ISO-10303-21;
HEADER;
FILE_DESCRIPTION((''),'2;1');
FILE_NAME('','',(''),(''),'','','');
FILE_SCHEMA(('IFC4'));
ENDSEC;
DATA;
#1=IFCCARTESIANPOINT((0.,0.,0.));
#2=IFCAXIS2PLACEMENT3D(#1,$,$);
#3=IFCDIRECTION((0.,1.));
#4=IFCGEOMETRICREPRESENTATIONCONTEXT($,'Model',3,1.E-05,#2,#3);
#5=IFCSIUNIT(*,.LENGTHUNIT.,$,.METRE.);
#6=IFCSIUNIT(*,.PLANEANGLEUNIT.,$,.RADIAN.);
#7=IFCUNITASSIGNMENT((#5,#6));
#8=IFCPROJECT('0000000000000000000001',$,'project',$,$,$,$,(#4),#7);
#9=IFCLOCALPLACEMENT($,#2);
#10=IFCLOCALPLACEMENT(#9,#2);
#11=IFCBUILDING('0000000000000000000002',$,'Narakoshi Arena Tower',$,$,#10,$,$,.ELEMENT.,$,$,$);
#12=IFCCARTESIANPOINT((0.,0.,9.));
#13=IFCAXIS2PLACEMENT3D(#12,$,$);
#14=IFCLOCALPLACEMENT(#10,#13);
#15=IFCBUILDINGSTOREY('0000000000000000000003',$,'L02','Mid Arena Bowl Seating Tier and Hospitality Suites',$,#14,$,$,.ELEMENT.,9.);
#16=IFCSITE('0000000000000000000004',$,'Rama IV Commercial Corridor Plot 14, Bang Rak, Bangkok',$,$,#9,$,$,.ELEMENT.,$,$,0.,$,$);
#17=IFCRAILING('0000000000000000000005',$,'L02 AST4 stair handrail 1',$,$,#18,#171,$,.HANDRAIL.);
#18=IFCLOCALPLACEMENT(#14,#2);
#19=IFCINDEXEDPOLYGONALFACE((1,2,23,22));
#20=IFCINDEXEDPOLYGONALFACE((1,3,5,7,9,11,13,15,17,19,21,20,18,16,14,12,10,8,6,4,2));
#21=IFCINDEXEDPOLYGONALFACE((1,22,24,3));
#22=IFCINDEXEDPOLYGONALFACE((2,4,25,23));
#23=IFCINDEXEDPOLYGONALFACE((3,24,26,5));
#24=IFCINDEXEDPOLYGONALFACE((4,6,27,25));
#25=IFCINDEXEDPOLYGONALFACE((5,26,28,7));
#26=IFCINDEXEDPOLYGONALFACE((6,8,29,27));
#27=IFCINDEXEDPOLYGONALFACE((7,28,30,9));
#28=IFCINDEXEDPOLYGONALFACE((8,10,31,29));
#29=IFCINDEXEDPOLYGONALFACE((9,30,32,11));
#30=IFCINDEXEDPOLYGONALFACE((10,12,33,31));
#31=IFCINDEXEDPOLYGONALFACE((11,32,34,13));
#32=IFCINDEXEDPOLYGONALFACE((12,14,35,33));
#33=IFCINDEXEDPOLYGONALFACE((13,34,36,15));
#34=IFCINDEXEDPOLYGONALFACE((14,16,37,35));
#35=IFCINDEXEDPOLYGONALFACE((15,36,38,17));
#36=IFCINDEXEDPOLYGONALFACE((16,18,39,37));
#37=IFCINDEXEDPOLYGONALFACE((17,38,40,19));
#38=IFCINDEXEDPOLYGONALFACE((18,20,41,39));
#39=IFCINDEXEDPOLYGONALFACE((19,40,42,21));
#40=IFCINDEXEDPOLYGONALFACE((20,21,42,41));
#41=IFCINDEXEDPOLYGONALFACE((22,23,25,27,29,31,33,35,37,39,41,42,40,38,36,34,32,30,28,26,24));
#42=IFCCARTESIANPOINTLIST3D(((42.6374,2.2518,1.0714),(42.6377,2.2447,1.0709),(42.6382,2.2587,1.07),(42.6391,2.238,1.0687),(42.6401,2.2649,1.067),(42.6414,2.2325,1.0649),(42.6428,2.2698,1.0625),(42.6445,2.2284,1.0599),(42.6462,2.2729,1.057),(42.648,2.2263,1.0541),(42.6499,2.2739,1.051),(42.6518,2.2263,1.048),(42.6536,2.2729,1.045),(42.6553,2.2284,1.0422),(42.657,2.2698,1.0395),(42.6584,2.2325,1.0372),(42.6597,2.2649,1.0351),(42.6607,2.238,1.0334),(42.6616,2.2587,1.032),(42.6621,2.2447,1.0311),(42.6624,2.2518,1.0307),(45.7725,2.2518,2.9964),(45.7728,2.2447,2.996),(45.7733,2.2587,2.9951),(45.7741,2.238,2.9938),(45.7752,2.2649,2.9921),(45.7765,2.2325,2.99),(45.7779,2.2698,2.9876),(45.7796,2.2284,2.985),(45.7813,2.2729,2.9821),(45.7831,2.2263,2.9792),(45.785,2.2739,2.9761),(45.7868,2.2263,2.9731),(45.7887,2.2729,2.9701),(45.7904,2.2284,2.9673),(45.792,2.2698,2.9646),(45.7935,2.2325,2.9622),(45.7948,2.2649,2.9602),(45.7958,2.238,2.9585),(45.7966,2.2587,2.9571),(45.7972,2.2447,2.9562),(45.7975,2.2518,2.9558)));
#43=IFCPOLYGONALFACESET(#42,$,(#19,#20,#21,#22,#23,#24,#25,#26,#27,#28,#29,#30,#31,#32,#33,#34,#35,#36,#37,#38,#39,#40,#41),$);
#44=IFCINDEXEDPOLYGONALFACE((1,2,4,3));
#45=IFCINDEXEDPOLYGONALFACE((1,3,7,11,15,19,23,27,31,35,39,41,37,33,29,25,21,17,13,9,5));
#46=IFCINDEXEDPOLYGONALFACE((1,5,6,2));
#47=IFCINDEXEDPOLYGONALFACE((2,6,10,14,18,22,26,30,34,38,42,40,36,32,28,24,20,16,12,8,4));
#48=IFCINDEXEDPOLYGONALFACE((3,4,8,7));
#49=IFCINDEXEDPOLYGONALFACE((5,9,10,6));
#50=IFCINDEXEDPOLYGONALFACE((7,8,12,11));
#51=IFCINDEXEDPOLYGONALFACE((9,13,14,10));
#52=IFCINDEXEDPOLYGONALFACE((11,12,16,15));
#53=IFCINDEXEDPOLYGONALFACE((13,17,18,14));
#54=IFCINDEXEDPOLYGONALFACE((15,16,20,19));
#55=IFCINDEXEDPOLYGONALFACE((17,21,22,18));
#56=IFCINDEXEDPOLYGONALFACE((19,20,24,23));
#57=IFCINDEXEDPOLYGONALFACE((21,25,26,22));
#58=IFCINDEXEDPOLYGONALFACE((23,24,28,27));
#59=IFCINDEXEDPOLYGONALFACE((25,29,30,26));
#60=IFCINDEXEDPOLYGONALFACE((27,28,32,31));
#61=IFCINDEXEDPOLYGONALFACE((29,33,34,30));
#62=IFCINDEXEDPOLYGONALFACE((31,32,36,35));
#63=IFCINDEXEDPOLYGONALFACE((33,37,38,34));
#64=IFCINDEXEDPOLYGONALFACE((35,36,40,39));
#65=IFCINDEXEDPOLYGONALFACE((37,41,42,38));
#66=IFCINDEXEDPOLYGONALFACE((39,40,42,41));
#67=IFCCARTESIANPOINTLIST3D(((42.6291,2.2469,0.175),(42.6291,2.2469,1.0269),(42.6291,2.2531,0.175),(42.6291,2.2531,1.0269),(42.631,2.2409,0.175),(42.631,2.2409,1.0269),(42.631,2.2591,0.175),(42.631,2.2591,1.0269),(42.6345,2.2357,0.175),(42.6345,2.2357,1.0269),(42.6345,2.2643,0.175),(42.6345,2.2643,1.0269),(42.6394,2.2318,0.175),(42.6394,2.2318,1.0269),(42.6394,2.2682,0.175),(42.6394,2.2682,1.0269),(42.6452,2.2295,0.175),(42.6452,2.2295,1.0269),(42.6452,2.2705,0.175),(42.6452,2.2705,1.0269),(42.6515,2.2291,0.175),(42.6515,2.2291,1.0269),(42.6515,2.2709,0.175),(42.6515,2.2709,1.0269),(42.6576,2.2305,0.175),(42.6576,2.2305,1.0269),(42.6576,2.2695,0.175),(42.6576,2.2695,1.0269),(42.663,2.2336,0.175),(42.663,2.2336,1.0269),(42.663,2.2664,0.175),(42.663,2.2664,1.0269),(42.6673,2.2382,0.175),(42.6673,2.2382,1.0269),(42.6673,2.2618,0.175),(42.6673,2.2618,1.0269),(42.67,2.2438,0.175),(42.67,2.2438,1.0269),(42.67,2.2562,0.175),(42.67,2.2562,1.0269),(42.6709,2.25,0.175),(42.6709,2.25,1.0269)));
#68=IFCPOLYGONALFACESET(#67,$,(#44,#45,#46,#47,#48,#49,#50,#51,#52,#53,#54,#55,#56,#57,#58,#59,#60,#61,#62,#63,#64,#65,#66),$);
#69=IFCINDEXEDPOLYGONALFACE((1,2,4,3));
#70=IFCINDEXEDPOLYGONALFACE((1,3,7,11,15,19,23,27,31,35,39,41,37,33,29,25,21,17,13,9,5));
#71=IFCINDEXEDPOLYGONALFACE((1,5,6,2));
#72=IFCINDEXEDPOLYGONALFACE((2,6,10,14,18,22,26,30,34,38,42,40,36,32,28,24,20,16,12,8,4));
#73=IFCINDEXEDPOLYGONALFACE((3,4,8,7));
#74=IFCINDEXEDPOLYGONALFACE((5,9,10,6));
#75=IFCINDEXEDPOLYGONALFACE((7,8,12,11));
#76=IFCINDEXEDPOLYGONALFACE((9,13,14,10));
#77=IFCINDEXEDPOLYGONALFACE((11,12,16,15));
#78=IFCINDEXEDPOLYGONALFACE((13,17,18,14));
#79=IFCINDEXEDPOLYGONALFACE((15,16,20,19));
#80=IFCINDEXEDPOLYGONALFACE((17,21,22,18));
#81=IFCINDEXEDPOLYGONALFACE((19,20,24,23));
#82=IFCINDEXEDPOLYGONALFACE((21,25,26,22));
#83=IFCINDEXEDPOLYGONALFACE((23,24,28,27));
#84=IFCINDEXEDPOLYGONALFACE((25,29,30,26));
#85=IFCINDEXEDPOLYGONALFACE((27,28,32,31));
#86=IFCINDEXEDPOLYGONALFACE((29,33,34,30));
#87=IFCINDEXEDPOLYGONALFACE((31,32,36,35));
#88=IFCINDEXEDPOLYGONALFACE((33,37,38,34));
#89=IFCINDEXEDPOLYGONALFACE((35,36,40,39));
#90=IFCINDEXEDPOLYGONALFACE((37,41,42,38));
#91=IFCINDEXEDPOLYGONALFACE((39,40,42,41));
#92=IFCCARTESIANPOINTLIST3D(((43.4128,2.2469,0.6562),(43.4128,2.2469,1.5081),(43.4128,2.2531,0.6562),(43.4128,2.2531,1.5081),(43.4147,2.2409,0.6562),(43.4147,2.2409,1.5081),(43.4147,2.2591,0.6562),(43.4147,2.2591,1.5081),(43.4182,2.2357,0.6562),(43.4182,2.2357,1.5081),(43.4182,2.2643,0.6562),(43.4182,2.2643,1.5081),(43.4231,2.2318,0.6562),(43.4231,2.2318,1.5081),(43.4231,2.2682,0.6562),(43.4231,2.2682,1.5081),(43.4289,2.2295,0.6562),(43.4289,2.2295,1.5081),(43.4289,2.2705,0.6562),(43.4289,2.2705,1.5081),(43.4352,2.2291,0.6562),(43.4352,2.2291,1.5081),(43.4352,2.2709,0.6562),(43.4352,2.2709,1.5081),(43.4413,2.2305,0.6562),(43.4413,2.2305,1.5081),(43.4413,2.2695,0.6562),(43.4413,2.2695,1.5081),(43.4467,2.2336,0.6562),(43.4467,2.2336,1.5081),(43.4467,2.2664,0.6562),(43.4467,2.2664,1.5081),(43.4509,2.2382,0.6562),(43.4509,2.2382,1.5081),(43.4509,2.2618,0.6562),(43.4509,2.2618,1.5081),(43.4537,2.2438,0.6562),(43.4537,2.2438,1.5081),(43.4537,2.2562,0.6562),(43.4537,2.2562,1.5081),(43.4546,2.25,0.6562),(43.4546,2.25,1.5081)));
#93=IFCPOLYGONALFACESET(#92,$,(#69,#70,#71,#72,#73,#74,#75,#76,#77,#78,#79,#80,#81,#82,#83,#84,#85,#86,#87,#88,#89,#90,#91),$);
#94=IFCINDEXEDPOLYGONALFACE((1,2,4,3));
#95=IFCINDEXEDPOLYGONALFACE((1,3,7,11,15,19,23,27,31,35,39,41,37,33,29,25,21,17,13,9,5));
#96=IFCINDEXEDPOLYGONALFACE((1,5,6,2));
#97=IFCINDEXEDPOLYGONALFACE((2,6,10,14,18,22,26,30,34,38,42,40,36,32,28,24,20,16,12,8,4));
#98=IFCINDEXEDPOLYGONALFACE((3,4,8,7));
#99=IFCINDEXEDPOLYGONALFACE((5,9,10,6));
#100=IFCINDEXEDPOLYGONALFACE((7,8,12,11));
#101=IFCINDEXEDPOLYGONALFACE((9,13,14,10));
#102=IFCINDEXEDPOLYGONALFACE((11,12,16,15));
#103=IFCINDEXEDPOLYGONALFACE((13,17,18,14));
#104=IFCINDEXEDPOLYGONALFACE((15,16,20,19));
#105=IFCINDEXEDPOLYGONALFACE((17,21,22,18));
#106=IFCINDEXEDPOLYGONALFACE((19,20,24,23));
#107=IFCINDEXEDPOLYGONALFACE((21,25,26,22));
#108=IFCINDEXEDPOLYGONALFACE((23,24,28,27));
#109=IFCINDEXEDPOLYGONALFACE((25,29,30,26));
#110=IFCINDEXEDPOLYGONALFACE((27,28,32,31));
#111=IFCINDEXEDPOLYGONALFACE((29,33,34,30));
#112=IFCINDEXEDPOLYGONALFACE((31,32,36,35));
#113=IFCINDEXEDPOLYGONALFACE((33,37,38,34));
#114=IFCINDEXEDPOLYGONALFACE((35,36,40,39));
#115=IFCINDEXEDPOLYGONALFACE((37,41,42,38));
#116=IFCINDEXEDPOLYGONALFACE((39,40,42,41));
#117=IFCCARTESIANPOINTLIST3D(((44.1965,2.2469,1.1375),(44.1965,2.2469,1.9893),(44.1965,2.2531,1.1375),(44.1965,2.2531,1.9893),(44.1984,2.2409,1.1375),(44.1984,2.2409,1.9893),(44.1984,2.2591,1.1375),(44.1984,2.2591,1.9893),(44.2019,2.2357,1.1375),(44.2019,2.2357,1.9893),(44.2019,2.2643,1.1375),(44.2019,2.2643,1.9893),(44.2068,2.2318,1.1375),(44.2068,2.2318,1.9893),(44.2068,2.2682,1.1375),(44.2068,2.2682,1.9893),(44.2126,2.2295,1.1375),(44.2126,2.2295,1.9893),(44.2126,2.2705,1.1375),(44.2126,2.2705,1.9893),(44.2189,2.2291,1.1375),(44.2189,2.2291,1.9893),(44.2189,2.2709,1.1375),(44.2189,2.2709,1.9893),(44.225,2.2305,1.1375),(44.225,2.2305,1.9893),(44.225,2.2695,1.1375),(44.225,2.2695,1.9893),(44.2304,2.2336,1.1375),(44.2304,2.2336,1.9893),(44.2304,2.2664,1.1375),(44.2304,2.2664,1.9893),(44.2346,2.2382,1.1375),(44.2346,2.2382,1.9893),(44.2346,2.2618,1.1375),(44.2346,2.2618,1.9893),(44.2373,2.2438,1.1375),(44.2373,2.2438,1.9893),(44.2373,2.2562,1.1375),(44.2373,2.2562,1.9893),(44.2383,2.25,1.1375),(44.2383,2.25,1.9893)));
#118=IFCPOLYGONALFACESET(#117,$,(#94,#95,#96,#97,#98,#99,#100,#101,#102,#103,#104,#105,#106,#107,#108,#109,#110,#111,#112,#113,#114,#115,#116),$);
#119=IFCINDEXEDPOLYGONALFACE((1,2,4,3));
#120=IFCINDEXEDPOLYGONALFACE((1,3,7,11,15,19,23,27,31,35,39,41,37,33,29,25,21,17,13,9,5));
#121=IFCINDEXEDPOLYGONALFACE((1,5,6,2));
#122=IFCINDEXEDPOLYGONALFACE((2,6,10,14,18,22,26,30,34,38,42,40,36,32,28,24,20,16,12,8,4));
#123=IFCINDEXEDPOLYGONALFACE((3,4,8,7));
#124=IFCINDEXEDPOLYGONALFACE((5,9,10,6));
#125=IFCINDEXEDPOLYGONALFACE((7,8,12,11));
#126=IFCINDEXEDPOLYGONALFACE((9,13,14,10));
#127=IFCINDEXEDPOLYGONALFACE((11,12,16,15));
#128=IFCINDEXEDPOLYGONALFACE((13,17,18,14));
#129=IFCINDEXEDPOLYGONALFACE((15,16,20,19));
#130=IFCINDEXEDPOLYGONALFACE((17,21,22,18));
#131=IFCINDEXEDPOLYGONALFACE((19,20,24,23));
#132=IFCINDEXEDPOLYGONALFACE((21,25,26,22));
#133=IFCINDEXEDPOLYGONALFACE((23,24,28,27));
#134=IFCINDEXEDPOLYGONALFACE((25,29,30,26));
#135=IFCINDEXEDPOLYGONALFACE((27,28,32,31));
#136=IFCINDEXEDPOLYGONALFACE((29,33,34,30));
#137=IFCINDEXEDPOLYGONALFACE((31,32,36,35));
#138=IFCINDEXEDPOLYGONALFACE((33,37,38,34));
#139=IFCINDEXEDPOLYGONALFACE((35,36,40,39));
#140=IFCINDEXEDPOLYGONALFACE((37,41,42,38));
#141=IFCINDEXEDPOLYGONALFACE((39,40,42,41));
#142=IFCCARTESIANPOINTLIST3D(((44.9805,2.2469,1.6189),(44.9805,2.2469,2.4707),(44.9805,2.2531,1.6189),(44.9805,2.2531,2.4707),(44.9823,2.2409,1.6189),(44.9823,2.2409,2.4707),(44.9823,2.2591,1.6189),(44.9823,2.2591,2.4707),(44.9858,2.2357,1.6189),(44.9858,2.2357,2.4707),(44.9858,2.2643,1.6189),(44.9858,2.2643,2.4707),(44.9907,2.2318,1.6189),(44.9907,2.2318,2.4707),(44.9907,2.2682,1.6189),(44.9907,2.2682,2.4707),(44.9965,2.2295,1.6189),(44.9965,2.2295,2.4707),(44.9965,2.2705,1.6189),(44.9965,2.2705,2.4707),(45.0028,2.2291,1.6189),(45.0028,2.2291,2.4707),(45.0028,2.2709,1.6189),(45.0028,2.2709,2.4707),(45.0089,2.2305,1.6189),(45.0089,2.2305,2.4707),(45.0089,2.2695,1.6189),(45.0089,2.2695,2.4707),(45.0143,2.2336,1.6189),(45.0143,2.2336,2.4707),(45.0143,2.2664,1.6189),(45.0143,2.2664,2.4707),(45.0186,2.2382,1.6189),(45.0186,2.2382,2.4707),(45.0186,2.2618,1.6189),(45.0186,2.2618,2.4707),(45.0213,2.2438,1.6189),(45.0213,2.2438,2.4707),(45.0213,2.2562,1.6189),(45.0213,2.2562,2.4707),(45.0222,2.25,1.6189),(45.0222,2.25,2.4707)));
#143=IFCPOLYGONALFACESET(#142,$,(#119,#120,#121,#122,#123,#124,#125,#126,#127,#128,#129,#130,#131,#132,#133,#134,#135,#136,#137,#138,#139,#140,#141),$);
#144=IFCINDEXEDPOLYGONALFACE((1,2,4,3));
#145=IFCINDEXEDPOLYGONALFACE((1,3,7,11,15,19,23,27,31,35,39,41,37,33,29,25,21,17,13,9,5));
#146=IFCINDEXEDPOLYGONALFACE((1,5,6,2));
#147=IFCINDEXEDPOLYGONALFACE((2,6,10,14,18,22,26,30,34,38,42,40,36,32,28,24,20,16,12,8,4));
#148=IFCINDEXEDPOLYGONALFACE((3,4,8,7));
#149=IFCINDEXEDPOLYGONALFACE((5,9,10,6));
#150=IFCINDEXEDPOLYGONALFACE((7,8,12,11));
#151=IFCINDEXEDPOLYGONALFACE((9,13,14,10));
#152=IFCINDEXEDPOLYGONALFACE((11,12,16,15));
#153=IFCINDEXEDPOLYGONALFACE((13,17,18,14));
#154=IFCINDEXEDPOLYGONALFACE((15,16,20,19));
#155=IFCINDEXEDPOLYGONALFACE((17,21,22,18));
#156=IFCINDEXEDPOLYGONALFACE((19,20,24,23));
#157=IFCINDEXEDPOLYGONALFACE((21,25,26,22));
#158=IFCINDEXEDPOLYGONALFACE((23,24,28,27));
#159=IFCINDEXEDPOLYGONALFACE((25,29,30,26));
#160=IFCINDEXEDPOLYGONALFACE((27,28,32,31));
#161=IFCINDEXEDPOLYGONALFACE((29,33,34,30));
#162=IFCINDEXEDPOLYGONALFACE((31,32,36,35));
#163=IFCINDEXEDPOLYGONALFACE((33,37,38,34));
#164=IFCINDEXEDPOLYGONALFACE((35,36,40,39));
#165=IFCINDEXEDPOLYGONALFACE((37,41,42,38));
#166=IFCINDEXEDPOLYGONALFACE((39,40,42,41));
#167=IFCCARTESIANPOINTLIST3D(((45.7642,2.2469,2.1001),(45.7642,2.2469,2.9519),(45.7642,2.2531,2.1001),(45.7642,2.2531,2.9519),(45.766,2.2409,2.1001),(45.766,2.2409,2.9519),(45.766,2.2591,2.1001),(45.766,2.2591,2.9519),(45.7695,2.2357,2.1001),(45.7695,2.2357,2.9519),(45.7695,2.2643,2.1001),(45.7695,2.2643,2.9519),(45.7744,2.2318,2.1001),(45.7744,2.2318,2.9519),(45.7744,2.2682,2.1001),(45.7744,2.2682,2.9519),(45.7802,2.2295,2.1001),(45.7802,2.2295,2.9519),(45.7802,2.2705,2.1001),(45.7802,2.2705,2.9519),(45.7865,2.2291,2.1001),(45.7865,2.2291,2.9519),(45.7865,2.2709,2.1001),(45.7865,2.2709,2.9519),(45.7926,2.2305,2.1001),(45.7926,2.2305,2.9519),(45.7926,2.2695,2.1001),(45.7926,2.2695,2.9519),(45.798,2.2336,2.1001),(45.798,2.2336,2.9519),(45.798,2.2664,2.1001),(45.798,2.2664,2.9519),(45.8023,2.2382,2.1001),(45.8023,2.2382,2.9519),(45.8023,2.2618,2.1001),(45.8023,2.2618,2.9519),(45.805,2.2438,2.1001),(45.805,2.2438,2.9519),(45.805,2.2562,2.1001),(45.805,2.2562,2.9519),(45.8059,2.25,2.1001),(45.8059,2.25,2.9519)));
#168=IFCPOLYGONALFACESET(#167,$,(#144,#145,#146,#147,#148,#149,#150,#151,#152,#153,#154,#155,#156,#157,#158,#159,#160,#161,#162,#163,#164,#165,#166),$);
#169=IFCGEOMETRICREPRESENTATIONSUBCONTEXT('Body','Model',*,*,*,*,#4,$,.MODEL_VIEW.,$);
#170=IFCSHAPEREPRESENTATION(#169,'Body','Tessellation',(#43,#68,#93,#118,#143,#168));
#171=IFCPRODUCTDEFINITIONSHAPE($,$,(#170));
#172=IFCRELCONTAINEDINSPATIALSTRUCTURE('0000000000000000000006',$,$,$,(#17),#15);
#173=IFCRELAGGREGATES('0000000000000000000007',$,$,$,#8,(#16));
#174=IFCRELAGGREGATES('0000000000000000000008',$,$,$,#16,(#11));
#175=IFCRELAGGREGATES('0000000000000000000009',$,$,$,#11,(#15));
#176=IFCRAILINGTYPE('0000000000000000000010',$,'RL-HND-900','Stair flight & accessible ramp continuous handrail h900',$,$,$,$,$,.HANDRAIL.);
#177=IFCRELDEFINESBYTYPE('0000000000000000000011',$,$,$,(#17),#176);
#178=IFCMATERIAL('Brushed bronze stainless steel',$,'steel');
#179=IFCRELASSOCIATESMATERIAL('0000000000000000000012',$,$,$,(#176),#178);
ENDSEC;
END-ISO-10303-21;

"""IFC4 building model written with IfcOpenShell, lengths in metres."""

from ifc_helpers import new_model, si_unit, direction, frame, origin, origin_2d, place, context, subcontext, project, spatial, circle, extrude, material, type_object, element, save


model = new_model("IFC4")

# Units and contexts
model_context = context("Model", 3, precision=1e-05, world=origin(), true_north=direction((0.0, 1.0)))
body_context = subcontext(model_context, "Body", "Model", "MODEL_VIEW")
ifc_project = project(units=[si_unit("LENGTHUNIT", "METRE"), si_unit("PLANEANGLEUNIT", "RADIAN")], contexts=[model_context])

# Site, building, storey
site_placement = place(None, origin())
site = spatial("IfcSite", under=ifc_project, at=site_placement, Name="Rama IV Commercial Corridor Plot 14, Bang Rak, Bangkok", CompositionType="ELEMENT", RefElevation=0.0)
building_placement = place(site_placement, origin())
building = spatial("IfcBuilding", under=site, at=building_placement, Name="Narakoshi Arena Tower", CompositionType="ELEMENT")
storey_placement = place(building_placement, frame((0.0, 0.0, 9.0)))
storey = spatial("IfcBuildingStorey", under=building, at=storey_placement, Name="L02", Description="Mid Arena Bowl Seating Tier and Hospitality Suites", CompositionType="ELEMENT", Elevation=9.0)

# Railing
ifc_material_1 = material(Name="Brushed bronze stainless steel", Category="steel")
railing_type_1 = type_object("IfcRailingType", Name="RL-HND-900", Description="Stair flight & accessible ramp continuous handrail h900", PredefinedType="HANDRAIL", material=ifc_material_1)
railing_1_placement = place(storey_placement, frame((42.6499, 2.25, 0.175)))
element("IfcRailing", 1, at=railing_1_placement, inside=storey, type_object=railing_type_1, Name="L02 AST4 stair handrail 1", PredefinedType="HANDRAIL", context=body_context, shape_type="SweptSolid", body=[
    extrude(circle(Radius=0.0239, at=origin_2d()), frame((0.0, 0.0, 0.876), z_axis=(0.852166, 0.0, 0.523271), x_axis=(0.0, 1.0, 0.0)), (0.0, 0.0, 1.0), 3.679),
    extrude(circle(Radius=0.021, at=origin_2d()), origin(), (0.0, 0.0, 1.0), 0.8518),
    extrude(circle(Radius=0.021, at=origin_2d()), frame((0.7837, 0.0, 0.4812)), (0.0, 0.0, 1.0), 0.8518),
    extrude(circle(Radius=0.021, at=origin_2d()), frame((1.5674, 0.0, 0.9624)), (0.0, 0.0, 1.0), 0.8518),
    extrude(circle(Radius=0.021, at=origin_2d()), frame((2.3513, 0.0, 1.4438)), (0.0, 0.0, 1.0), 0.8518),
    extrude(circle(Radius=0.021, at=origin_2d()), frame((3.135, 0.0, 1.925)), (0.0, 0.0, 1.0), 0.8518),
])

save(model, "model.ifc")
